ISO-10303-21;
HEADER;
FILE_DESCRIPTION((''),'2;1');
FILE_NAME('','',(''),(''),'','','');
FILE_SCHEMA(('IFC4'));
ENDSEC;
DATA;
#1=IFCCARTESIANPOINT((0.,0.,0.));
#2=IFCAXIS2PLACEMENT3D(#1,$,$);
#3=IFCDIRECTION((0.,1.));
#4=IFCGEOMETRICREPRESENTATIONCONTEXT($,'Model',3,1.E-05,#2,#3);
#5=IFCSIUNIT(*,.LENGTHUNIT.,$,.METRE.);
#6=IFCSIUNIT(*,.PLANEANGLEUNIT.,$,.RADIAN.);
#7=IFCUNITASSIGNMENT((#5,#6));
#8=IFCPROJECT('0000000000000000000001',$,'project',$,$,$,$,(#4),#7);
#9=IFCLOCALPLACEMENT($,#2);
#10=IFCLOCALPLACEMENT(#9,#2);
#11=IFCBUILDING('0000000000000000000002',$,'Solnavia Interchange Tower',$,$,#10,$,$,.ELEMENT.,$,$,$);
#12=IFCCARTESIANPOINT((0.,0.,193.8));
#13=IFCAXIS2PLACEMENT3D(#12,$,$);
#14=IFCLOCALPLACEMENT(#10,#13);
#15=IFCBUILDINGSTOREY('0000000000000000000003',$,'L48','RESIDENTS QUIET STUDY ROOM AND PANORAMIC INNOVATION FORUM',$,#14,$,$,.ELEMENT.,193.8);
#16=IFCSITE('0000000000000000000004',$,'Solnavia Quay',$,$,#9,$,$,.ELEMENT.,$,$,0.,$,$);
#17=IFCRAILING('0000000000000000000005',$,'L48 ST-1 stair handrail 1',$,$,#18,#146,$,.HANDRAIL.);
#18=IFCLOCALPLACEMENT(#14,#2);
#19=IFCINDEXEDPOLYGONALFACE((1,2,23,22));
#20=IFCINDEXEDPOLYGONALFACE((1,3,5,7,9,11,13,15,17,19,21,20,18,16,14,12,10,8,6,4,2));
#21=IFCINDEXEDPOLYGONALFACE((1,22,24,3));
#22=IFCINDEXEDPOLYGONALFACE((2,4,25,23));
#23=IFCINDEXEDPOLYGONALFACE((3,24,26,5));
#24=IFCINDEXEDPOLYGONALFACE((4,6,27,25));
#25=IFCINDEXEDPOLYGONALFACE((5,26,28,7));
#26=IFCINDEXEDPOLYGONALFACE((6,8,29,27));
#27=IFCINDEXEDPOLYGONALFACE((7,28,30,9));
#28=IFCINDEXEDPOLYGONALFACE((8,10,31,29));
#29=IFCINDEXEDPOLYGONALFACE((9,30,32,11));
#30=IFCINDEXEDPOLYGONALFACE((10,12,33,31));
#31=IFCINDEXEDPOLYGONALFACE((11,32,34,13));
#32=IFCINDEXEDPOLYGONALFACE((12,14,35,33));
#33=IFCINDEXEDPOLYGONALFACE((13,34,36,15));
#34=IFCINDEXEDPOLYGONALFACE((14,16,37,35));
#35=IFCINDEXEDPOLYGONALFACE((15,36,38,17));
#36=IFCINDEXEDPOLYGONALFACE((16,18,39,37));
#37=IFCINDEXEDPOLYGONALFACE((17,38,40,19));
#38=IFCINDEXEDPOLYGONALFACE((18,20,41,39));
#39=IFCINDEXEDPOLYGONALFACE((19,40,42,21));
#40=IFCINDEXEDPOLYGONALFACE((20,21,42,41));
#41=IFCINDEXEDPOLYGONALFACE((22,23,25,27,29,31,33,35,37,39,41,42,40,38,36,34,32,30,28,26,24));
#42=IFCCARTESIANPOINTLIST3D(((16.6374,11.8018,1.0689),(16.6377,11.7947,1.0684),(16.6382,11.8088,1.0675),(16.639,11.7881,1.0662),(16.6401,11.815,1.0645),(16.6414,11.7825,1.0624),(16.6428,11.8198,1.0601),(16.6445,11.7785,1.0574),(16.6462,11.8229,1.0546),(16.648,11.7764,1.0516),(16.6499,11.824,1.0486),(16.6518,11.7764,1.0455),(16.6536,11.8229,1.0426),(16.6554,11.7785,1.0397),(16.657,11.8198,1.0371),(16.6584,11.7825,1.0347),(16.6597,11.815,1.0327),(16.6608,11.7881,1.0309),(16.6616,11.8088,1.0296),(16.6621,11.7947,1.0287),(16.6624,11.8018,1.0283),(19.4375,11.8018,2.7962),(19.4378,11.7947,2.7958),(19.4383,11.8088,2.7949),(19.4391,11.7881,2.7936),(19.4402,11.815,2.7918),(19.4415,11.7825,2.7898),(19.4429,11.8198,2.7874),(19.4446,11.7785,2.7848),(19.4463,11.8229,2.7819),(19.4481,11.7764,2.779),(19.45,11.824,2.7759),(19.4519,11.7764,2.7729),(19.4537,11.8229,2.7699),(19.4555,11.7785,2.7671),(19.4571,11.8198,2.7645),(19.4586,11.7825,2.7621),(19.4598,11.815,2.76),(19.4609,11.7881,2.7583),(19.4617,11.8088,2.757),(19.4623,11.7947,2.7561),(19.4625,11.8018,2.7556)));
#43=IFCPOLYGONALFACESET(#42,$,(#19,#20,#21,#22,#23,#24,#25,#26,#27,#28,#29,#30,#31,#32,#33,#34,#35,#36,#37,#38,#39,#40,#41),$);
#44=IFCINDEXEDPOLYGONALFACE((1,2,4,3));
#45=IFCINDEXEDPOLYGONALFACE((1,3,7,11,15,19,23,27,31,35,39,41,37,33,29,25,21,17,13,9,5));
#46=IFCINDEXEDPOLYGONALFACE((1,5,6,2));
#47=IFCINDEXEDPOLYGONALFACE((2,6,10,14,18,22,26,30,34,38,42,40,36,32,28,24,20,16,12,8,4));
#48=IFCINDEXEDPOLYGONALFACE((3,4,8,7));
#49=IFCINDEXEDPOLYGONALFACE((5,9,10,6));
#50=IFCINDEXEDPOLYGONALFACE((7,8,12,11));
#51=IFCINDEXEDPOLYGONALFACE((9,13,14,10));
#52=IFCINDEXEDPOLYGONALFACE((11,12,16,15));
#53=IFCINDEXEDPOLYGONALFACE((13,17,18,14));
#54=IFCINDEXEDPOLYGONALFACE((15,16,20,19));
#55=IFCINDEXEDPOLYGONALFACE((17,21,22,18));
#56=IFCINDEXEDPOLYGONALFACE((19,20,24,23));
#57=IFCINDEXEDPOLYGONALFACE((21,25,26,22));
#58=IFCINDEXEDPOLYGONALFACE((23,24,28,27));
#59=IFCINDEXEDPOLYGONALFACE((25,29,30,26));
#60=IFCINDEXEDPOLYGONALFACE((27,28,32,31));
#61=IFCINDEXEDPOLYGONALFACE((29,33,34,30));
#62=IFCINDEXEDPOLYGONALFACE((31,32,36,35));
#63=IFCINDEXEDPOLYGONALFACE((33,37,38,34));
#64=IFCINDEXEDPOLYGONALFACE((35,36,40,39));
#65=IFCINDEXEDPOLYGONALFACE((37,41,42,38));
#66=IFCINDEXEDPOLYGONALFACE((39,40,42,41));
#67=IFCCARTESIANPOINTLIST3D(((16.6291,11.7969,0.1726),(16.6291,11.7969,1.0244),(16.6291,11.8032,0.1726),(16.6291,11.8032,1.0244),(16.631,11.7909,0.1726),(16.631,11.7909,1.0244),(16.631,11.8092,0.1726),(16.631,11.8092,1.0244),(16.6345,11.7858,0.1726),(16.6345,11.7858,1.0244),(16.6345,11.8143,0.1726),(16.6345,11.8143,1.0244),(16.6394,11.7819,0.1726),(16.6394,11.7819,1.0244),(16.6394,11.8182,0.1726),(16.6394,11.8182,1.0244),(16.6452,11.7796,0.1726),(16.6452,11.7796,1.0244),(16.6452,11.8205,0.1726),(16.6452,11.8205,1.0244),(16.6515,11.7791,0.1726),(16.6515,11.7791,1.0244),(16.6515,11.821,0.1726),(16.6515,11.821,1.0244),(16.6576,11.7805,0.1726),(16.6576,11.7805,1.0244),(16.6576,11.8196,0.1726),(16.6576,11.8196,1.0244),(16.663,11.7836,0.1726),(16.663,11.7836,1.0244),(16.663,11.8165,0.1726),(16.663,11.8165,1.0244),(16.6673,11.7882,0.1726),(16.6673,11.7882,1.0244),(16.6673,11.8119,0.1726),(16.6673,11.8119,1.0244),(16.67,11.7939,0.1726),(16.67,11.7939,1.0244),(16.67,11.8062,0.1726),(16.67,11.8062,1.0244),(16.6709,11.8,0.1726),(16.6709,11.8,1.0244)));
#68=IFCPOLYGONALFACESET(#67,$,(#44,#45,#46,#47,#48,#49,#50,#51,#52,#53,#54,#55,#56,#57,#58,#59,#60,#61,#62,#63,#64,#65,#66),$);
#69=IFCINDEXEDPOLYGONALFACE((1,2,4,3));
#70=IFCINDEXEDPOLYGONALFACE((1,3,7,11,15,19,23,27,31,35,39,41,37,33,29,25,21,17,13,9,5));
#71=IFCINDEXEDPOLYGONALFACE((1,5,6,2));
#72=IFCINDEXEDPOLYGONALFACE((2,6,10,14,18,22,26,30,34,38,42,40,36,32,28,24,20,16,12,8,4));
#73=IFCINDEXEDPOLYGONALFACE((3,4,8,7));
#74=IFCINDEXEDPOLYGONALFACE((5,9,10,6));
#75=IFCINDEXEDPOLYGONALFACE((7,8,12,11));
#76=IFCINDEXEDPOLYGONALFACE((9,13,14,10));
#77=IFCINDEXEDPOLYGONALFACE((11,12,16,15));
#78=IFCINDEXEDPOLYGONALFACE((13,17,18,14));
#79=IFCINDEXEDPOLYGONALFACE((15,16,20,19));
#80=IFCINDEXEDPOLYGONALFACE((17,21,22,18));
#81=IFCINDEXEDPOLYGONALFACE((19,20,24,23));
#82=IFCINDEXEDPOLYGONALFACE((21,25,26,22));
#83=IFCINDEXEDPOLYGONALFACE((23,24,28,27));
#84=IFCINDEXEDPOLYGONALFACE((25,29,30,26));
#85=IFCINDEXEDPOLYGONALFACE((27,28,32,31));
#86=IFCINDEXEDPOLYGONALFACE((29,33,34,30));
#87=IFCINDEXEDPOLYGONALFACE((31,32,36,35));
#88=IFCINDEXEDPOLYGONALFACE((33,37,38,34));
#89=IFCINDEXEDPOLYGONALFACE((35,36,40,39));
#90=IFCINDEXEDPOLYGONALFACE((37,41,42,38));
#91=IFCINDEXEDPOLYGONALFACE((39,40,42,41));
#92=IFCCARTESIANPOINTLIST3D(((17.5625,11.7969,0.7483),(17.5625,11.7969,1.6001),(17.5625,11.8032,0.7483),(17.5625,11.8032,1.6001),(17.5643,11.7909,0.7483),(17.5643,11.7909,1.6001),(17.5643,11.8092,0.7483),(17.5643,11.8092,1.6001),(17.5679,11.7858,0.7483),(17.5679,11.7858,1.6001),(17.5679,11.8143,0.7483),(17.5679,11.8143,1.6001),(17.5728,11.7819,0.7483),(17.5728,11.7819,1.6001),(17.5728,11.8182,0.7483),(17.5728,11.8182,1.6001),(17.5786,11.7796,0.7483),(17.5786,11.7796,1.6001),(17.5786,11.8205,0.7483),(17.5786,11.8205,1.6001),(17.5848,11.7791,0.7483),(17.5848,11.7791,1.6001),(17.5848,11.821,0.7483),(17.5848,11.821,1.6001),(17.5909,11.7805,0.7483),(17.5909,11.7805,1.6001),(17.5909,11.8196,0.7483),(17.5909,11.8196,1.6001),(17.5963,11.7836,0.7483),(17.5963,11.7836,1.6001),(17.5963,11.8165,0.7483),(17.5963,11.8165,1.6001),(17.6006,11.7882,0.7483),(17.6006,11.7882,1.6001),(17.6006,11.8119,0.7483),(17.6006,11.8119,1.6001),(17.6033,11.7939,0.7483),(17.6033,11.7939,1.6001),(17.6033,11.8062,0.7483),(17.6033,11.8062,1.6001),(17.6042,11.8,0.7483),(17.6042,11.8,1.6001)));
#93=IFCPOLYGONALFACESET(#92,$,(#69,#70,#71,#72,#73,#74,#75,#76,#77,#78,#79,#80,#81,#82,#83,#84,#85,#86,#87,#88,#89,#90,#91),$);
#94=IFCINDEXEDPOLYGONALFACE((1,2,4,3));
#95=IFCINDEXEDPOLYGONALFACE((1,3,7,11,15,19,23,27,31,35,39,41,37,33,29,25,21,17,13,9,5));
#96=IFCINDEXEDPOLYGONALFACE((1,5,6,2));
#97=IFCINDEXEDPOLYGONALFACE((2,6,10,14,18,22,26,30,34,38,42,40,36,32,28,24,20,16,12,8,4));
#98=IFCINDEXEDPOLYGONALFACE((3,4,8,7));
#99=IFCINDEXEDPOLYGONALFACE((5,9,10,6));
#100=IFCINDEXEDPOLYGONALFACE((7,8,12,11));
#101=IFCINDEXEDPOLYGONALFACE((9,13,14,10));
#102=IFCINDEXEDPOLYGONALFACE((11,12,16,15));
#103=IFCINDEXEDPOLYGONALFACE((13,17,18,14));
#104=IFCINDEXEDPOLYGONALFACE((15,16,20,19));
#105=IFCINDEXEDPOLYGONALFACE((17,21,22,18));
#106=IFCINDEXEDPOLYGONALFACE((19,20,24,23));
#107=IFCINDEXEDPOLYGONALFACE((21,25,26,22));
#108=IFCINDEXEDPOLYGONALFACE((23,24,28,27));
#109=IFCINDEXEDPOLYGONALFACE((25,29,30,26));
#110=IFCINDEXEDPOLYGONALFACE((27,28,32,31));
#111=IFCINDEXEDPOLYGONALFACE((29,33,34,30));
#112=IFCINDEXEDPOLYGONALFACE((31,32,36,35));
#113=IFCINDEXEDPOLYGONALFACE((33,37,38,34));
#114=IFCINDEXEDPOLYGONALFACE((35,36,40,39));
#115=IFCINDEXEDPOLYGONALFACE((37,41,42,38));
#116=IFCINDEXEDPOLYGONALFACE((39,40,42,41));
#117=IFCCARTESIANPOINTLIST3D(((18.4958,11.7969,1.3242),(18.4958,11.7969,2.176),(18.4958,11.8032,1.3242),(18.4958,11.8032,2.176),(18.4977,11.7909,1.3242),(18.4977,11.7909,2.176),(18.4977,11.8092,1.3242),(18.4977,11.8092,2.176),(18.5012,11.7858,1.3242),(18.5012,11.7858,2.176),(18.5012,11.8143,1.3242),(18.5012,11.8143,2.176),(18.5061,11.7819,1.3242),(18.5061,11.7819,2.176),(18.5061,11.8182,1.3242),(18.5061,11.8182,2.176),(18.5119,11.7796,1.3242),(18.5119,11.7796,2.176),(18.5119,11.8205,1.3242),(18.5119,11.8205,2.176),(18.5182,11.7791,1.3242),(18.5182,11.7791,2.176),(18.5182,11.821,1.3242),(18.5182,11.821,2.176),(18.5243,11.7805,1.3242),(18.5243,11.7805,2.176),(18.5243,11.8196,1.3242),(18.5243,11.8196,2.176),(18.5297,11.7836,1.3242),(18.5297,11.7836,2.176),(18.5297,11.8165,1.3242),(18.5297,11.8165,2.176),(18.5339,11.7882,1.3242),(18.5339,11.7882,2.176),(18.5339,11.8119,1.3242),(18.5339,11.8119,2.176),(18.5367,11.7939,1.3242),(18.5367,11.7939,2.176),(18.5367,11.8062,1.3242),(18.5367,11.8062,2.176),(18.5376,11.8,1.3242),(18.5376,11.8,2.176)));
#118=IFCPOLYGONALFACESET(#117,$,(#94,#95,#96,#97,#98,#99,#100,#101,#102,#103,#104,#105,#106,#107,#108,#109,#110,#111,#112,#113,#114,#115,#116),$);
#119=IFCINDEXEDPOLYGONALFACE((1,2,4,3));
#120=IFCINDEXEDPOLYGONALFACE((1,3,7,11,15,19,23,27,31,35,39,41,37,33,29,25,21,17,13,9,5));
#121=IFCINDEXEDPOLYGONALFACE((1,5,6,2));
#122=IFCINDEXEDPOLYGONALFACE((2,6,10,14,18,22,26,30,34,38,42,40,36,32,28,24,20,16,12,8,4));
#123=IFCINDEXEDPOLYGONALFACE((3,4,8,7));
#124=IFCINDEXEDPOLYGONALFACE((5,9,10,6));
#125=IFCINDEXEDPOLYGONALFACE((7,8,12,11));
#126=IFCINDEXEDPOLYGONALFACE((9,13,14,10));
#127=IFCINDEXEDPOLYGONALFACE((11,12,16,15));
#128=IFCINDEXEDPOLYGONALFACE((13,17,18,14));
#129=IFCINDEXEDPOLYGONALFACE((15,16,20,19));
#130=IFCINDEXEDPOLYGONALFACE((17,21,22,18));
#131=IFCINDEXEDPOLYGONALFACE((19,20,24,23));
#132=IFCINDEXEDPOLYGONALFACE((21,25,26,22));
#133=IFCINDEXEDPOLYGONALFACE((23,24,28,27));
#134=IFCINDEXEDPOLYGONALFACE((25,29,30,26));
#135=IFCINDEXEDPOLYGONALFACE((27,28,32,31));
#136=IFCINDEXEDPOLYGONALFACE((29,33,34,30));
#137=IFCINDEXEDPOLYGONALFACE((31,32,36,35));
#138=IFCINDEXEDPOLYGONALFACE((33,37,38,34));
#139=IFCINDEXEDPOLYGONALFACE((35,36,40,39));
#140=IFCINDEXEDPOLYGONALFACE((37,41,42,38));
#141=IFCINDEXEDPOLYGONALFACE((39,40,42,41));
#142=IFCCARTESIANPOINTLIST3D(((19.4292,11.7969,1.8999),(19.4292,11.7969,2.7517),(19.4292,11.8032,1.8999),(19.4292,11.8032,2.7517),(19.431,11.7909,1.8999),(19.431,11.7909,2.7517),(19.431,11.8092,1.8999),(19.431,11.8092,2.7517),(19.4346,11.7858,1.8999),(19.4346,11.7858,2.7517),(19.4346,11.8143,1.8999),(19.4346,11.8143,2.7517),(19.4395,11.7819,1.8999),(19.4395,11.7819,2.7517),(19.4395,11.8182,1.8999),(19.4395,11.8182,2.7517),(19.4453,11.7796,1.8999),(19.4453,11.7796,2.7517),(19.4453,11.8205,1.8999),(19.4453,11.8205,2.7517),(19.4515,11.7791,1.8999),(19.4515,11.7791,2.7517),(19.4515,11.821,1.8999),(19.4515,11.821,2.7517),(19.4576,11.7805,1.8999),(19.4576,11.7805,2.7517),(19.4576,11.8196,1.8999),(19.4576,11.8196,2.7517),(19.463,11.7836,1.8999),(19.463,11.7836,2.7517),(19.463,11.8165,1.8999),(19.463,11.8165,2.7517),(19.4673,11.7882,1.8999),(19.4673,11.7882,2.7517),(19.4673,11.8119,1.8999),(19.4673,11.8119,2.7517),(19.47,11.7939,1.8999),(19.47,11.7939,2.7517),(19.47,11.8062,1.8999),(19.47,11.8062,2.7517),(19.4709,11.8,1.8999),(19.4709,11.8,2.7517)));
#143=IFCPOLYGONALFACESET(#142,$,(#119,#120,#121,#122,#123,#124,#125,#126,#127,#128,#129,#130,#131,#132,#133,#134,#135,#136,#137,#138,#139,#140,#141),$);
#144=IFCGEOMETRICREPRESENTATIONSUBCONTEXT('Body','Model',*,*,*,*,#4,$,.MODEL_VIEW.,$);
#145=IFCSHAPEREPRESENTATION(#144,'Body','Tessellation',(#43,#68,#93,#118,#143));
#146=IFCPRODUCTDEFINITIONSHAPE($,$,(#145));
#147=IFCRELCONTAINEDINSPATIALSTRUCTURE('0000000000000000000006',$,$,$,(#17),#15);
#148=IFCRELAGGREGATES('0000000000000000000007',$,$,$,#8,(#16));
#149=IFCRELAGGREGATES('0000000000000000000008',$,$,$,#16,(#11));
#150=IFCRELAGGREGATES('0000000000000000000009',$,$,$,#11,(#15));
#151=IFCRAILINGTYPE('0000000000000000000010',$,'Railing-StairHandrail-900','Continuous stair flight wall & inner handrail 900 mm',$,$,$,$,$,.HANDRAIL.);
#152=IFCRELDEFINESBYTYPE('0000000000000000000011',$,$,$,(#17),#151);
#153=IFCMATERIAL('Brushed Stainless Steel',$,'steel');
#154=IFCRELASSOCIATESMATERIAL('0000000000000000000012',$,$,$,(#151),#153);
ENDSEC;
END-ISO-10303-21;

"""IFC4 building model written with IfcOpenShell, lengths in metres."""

from ifc_helpers import new_model, si_unit, direction, frame, origin, origin_2d, place, context, subcontext, project, spatial, circle, extrude, material, type_object, element, save


model = new_model("IFC4")

# Units and contexts
model_context = context("Model", 3, precision=1e-05, world=origin(), true_north=direction((0.0, 1.0)))
body_context = subcontext(model_context, "Body", "Model", "MODEL_VIEW")
ifc_project = project(units=[si_unit("LENGTHUNIT", "METRE"), si_unit("PLANEANGLEUNIT", "RADIAN")], contexts=[model_context])

# Site, building, storey
site_placement = place(None, origin())
site = spatial("IfcSite", under=ifc_project, at=site_placement, Name="Solnavia Quay", CompositionType="ELEMENT", RefElevation=0.0)
building_placement = place(site_placement, origin())
building = spatial("IfcBuilding", under=site, at=building_placement, Name="Solnavia Interchange Tower", CompositionType="ELEMENT")
storey_placement = place(building_placement, frame((0.0, 0.0, 193.8)))
storey = spatial("IfcBuildingStorey", under=building, at=storey_placement, Name="L48", Description="RESIDENTS QUIET STUDY ROOM AND PANORAMIC INNOVATION FORUM", CompositionType="ELEMENT", Elevation=193.8)

# Railing
ifc_material_1 = material(Name="Brushed Stainless Steel", Category="steel")
railing_type_1 = type_object("IfcRailingType", Name="Railing-StairHandrail-900", Description="Continuous stair flight wall & inner handrail 900 mm", PredefinedType="HANDRAIL", material=ifc_material_1)
railing_1_placement = place(storey_placement, frame((16.6499, 11.8, 0.1726)))
element("IfcRailing", 1, at=railing_1_placement, inside=storey, type_object=railing_type_1, Name="L48 ST-1 stair handrail 1", PredefinedType="HANDRAIL", context=body_context, shape_type="SweptSolid", body=[
    extrude(circle(Radius=0.0239, at=origin_2d()), frame((0.0, 0.0, 0.876), z_axis=(0.85109, 0.0, 0.52502), x_axis=(0.0, 1.0, 0.0)), (0.0, 0.0, 1.0), 3.29),
    extrude(circle(Radius=0.021, at=origin_2d()), origin(), (0.0, 0.0, 1.0), 0.8518),
    extrude(circle(Radius=0.021, at=origin_2d()), frame((0.9333, 0.0, 0.5757)), (0.0, 0.0, 1.0), 0.8518),
    extrude(circle(Radius=0.021, at=origin_2d()), frame((1.8667, 0.0, 1.1516)), (0.0, 0.0, 1.0), 0.8518),
    extrude(circle(Radius=0.021, at=origin_2d()), frame((2.8, 0.0, 1.7273)), (0.0, 0.0, 1.0), 0.8518),
])

save(model, "model.ifc")
